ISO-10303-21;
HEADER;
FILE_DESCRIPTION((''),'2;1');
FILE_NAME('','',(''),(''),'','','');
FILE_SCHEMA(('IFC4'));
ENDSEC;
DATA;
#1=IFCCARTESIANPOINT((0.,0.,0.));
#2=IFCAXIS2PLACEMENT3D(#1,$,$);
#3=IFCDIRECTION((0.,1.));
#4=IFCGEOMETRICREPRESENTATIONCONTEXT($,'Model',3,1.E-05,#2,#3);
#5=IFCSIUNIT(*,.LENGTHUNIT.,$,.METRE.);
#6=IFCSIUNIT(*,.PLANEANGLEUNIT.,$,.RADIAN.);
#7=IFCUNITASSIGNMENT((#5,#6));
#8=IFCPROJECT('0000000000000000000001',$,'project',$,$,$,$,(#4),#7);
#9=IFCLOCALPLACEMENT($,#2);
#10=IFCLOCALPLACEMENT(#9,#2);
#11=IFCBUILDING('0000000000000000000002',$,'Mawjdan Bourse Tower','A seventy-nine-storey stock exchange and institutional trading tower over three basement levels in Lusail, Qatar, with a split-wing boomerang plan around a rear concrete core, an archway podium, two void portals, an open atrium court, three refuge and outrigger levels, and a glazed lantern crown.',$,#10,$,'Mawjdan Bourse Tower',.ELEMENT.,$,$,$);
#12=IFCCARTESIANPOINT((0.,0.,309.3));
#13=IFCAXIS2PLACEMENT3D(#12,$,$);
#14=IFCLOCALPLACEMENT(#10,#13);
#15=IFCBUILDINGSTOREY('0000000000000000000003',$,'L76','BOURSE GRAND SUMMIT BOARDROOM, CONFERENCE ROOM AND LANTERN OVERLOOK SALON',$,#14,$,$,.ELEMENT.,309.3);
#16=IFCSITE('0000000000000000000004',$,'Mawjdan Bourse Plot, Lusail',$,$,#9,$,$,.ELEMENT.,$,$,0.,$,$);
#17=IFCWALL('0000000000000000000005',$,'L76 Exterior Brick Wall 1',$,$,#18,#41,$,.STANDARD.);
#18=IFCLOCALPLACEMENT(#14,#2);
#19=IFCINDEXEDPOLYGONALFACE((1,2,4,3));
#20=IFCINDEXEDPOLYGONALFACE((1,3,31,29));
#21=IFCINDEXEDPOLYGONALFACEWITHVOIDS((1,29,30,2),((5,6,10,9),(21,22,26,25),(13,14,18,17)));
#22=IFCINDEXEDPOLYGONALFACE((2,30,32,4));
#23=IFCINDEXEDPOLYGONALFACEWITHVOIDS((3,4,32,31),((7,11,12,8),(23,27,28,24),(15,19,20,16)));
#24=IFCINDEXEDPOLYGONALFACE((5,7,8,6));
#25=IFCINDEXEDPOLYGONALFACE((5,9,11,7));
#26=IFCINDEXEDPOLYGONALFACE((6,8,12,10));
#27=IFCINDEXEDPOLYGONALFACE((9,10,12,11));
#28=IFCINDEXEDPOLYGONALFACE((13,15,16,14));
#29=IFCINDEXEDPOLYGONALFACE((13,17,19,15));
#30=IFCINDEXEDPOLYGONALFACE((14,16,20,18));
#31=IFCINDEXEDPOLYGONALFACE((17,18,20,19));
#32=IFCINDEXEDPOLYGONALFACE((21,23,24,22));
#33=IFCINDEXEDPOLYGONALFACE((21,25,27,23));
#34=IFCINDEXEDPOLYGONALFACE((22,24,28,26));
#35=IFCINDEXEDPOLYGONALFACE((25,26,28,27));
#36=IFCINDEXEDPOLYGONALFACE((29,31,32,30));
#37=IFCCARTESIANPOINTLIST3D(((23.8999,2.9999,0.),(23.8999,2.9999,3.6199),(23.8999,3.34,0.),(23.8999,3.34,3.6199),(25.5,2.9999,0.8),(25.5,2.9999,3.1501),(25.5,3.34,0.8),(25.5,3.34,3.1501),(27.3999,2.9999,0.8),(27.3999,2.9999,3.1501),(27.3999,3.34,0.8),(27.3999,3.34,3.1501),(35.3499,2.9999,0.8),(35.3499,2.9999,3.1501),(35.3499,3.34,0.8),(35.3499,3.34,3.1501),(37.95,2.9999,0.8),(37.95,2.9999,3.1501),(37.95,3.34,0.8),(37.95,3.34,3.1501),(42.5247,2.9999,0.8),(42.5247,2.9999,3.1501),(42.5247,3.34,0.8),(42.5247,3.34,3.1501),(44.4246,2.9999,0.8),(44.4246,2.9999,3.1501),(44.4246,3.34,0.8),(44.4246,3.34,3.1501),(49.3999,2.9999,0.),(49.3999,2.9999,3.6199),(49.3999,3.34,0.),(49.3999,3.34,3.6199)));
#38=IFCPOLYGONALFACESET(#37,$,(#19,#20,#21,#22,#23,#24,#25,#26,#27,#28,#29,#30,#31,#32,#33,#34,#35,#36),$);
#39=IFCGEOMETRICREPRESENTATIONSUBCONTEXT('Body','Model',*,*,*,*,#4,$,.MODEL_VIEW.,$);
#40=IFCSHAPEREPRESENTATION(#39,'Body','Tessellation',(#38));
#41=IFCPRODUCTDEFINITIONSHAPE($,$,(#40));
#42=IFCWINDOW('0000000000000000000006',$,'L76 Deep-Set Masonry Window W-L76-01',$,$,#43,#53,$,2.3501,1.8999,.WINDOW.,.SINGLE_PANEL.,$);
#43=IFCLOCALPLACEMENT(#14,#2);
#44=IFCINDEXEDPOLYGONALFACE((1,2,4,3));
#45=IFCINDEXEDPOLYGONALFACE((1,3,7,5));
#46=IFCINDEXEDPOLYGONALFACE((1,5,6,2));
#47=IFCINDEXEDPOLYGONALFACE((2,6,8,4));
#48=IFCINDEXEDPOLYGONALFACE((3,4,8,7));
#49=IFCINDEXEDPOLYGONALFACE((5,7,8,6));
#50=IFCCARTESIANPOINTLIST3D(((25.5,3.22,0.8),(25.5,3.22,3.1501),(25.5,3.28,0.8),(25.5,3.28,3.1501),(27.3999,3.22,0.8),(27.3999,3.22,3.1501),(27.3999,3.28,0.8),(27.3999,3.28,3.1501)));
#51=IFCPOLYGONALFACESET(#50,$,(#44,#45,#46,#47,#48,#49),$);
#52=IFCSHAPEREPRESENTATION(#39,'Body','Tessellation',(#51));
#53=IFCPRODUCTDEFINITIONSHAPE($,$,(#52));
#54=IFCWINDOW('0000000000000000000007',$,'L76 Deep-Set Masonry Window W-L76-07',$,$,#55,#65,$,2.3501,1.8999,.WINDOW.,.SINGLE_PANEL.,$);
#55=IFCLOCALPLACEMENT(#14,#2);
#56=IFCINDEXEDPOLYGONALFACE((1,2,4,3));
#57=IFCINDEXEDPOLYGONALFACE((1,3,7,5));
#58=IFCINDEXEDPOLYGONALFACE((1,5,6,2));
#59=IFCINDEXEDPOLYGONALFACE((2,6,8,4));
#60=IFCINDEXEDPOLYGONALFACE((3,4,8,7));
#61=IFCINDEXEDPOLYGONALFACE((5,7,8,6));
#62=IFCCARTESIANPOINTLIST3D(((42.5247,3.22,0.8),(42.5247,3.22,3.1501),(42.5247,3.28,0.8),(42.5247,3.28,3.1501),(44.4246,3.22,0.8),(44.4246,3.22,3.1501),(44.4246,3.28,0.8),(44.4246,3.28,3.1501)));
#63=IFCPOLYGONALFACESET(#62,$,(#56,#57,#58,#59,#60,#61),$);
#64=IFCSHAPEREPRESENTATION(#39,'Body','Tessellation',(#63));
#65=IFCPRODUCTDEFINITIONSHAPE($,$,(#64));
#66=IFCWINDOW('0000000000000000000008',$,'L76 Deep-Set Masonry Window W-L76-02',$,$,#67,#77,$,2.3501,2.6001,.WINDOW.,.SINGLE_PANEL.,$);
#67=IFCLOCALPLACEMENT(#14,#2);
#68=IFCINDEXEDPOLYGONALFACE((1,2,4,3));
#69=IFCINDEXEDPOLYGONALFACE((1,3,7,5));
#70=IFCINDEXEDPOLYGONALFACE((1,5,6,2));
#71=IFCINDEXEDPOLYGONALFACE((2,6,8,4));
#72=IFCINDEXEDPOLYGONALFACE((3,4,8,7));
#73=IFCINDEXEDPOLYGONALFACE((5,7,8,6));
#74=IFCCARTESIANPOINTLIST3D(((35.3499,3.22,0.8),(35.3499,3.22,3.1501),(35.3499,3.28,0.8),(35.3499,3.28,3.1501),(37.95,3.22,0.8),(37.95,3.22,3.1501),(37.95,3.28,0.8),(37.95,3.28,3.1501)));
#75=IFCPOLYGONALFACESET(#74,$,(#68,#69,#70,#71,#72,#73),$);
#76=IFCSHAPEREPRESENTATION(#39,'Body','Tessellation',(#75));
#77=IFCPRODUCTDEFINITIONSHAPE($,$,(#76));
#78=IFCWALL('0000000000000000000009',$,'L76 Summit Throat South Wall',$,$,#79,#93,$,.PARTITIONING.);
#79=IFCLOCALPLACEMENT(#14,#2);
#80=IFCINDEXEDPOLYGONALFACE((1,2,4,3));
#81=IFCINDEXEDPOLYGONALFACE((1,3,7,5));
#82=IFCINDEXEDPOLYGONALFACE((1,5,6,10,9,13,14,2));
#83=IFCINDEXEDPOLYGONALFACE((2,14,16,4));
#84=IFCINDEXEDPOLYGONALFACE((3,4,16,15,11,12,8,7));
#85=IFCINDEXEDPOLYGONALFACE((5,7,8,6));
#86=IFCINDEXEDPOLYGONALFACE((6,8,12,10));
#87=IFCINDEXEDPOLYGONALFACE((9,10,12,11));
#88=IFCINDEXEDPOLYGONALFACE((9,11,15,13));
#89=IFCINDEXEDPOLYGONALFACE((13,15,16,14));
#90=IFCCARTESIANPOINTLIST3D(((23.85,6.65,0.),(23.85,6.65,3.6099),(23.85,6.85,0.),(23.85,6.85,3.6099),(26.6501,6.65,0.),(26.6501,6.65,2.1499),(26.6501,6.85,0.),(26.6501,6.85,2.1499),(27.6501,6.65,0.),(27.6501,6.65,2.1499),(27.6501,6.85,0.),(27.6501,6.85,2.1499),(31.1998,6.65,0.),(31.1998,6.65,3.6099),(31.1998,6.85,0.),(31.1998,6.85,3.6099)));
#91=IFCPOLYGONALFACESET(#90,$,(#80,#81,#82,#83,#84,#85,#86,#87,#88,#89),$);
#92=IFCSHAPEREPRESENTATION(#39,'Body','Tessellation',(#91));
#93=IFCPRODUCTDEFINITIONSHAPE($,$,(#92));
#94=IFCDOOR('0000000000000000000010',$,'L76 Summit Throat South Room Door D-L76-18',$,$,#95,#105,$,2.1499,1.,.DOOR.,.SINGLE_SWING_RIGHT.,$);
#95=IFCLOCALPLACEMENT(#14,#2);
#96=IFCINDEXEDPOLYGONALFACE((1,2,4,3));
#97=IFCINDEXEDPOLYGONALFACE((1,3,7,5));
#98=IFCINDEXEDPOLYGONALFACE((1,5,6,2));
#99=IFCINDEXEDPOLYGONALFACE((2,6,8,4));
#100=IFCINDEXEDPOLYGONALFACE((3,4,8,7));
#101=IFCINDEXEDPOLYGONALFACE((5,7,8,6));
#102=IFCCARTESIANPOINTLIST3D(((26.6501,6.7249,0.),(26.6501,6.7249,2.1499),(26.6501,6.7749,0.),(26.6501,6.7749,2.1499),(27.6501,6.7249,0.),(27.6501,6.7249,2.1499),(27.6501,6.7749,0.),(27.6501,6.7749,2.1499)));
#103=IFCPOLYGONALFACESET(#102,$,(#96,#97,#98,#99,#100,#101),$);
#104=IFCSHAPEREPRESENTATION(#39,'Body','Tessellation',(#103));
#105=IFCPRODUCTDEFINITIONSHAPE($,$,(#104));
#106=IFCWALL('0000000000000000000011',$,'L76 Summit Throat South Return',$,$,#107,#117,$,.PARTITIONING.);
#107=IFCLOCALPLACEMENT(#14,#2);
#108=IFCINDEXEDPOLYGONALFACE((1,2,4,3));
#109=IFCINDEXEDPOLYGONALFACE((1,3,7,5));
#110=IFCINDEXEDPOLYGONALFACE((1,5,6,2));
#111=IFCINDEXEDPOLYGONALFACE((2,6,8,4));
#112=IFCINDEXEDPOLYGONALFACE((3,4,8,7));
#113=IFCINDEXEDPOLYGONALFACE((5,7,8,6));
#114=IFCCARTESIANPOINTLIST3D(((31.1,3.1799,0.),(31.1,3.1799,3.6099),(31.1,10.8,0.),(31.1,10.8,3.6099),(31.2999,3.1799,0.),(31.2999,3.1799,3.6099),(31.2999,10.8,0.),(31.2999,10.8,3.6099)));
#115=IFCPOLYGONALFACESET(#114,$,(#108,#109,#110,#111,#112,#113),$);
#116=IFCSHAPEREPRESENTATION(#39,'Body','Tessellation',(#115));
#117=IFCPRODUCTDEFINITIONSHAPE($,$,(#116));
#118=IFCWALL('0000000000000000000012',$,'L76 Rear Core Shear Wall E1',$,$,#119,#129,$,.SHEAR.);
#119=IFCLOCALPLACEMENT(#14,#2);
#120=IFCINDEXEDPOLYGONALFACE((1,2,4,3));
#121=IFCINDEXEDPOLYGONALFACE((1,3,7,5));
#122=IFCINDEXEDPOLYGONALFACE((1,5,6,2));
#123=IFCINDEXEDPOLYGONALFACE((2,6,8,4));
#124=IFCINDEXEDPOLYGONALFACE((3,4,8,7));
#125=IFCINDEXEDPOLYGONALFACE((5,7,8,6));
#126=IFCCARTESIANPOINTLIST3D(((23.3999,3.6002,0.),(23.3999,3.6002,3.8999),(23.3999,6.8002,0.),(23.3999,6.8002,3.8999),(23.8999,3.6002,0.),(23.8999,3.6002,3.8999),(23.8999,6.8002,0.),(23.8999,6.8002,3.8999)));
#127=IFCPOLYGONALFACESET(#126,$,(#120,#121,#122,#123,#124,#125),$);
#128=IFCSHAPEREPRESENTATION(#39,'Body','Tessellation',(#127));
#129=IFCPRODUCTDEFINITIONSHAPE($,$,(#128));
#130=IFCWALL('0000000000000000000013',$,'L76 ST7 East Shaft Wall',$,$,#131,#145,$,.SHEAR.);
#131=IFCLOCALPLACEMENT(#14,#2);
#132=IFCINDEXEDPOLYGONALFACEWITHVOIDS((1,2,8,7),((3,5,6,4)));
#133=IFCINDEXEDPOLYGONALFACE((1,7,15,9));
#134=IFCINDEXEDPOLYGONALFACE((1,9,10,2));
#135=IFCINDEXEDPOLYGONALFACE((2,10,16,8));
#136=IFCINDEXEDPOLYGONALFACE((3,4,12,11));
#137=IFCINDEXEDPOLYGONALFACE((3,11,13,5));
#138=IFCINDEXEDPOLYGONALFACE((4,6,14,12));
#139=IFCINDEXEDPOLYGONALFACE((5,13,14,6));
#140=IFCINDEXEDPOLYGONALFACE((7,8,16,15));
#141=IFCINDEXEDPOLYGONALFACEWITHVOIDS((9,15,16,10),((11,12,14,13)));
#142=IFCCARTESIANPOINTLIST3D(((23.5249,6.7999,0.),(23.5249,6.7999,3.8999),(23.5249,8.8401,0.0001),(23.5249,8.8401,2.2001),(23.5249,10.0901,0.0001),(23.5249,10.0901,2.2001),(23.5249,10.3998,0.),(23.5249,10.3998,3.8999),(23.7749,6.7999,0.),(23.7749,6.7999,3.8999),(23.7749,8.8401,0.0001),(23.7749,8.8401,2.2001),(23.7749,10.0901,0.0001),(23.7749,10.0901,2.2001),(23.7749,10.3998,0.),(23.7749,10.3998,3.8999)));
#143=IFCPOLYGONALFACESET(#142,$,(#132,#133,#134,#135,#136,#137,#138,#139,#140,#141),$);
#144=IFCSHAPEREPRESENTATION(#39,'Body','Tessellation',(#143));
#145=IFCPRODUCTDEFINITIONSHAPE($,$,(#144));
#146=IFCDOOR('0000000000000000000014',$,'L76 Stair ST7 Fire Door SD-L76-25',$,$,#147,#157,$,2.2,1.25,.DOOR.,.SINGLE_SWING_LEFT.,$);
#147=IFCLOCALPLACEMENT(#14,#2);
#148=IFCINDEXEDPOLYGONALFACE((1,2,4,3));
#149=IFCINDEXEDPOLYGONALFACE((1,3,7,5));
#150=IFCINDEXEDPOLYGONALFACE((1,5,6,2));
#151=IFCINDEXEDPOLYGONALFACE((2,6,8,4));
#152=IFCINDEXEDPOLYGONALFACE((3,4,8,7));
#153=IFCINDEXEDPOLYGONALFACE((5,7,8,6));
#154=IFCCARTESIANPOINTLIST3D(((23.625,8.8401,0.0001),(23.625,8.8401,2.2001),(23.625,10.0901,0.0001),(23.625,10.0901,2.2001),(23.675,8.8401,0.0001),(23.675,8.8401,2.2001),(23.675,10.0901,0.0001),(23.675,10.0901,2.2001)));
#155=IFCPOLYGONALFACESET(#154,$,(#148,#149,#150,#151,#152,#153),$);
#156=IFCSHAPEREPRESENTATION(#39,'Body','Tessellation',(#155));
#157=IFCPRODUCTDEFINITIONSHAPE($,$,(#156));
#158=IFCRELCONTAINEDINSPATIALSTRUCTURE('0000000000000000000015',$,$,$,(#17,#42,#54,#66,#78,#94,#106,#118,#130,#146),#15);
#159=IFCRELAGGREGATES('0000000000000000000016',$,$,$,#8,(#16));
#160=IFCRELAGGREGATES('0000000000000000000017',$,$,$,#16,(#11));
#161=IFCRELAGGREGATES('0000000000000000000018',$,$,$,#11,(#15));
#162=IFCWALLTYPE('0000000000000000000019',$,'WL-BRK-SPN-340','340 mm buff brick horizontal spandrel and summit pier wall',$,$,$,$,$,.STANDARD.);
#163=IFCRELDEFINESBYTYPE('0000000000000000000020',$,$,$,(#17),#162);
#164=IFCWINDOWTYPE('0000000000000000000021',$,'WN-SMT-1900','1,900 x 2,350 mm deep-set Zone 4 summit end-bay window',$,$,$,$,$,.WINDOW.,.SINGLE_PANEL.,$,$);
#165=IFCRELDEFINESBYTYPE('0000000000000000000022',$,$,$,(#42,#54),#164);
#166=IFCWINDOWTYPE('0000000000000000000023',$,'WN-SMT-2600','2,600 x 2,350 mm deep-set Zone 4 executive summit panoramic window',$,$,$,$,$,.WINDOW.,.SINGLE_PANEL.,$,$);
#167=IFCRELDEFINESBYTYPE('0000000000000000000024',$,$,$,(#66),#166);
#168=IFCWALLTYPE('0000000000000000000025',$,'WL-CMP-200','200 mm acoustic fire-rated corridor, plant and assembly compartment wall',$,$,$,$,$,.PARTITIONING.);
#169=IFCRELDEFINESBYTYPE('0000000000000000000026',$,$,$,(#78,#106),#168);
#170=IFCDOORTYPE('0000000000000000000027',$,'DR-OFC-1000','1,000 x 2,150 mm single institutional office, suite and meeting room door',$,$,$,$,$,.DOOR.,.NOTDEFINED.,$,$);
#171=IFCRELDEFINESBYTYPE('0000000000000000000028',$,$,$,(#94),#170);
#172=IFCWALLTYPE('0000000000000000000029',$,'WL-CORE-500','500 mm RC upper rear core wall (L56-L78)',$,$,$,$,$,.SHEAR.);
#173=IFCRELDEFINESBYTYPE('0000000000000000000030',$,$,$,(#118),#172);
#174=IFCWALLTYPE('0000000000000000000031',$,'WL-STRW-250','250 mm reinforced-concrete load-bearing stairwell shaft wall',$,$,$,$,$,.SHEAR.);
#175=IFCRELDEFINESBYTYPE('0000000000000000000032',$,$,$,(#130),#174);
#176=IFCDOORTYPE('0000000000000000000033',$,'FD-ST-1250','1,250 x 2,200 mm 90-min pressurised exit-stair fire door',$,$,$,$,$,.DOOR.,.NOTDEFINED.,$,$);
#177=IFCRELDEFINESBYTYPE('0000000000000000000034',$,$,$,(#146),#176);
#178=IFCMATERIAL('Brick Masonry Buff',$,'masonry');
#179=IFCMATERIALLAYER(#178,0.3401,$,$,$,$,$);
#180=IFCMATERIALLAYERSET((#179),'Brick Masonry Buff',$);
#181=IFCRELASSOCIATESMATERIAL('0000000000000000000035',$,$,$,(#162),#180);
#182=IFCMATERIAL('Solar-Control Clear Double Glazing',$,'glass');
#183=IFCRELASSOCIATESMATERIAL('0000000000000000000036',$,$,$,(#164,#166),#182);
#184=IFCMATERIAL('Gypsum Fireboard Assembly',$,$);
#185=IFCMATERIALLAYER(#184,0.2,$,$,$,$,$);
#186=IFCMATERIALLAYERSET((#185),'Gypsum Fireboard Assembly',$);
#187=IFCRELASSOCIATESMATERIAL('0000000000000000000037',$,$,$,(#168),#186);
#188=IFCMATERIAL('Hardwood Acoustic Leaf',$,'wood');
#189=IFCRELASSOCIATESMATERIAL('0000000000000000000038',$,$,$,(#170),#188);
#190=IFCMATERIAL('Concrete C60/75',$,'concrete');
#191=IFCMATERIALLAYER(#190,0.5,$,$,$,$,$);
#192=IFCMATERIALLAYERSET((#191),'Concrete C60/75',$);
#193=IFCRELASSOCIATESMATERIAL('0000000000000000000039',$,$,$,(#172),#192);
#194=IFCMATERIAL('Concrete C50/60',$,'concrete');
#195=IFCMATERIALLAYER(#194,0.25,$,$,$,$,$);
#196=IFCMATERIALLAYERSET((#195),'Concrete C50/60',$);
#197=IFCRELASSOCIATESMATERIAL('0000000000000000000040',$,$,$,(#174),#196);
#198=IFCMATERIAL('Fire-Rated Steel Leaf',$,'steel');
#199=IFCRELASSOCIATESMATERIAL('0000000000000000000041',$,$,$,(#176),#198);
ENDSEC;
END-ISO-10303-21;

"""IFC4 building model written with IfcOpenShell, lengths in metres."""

from ifc_helpers import new_model, si_unit, direction, frame, frame_2d, origin, place, context, subcontext, project, spatial, rectangle, extrude, material, layer, layer_set, type_object, element, fill, save


model = new_model("IFC4")

# Units and contexts
model_context = context("Model", 3, precision=1e-05, world=origin(), true_north=direction((0.0, 1.0)))
body_context = subcontext(model_context, "Body", "Model", "MODEL_VIEW")
ifc_project = project(units=[si_unit("LENGTHUNIT", "METRE"), si_unit("PLANEANGLEUNIT", "RADIAN")], contexts=[model_context])

# Site, building, storey
site_placement = place(None, origin())
site = spatial("IfcSite", under=ifc_project, at=site_placement, Name="Mawjdan Bourse Plot, Lusail", CompositionType="ELEMENT", RefElevation=0.0)
building_placement = place(site_placement, origin())
building = spatial("IfcBuilding", under=site, at=building_placement, Name="Mawjdan Bourse Tower", Description="A seventy-nine-storey stock exchange and institutional trading tower over three basement levels in Lusail, Qatar, with a split-wing boomerang plan around a rear concrete core, an archway podium, two void portals, an open atrium court, three refuge and outrigger levels, and a glazed lantern crown.", LongName="Mawjdan Bourse Tower", CompositionType="ELEMENT")
storey_placement = place(building_placement, frame((0.0, 0.0, 309.3)))
storey = spatial("IfcBuildingStorey", under=building, at=storey_placement, Name="L76", Description="BOURSE GRAND SUMMIT BOARDROOM, CONFERENCE ROOM AND LANTERN OVERLOOK SALON", CompositionType="ELEMENT", Elevation=309.3)

# Shared definitions
ifc_material_1 = material(Name="Concrete C60/75", Category="concrete")

# Wall, openings, windows
ifc_material_2 = material(Name="Brick Masonry Buff", Category="masonry")
ifc_layer_1 = layer(ifc_material_2, 0.3401)
ifc_layer_set_1 = layer_set([ifc_layer_1], Name="Brick Masonry Buff")
wall_type_1 = type_object("IfcWallType", Name="WL-BRK-SPN-340", Description="340 mm buff brick horizontal spandrel and summit pier wall", PredefinedType="STANDARD", material=ifc_layer_set_1)
wall_1_placement = place(storey_placement, frame((23.8999, 3.1699, 0.0), z_axis=(0.0, 0.0, 1.0), x_axis=(1.0, 0.0, 0.0)))
wall_1 = element("IfcWall", 1, at=wall_1_placement, inside=storey, type_object=wall_type_1, Name="L76 Exterior Brick Wall 1", PredefinedType="STANDARD", context=body_context, shape_type="SweptSolid", body=[
    extrude(rectangle(XDim=25.5, YDim=0.3401, at=frame_2d((12.75, 0.0))), origin(), (0.0, 0.0, 1.0), 3.6199),
])
opening_1_placement = place(wall_1_placement, frame((1.6001, 0.0, 0.8)))
opening_1 = element("IfcOpeningElement", 2, at=opening_1_placement, cuts=wall_1, PredefinedType="OPENING", context=body_context, shape_type="SweptSolid", body=[
    extrude(rectangle(XDim=1.8999, YDim=2.3501, at=frame_2d((0.95, 1.175))), frame((0.0, 0.1802, 0.0), z_axis=(0.0, -1.0, 0.0), x_axis=(1.0, 0.0, 0.0)), (0.0, 0.0, 1.0), 0.3601),
])
opening_2_placement = place(wall_1_placement, frame((11.45, 0.0, 0.8)))
opening_2 = element("IfcOpeningElement", 3, at=opening_2_placement, cuts=wall_1, PredefinedType="OPENING", context=body_context, shape_type="SweptSolid", body=[
    extrude(rectangle(XDim=2.6001, YDim=2.3501, at=frame_2d((1.3, 1.175))), frame((0.0, 0.1802, 0.0), z_axis=(0.0, -1.0, 0.0), x_axis=(1.0, 0.0, 0.0)), (0.0, 0.0, 1.0), 0.3601),
])
opening_3_placement = place(wall_1_placement, frame((18.6248, 0.0, 0.8)))
opening_3 = element("IfcOpeningElement", 4, at=opening_3_placement, cuts=wall_1, PredefinedType="OPENING", context=body_context, shape_type="SweptSolid", body=[
    extrude(rectangle(XDim=1.8999, YDim=2.3501, at=frame_2d((0.95, 1.175))), frame((0.0, 0.1802, 0.0), z_axis=(0.0, -1.0, 0.0), x_axis=(1.0, 0.0, 0.0)), (0.0, 0.0, 1.0), 0.3601),
])
ifc_material_3 = material(Name="Solar-Control Clear Double Glazing", Category="glass")
window_type_1 = type_object("IfcWindowType", Name="WN-SMT-1900", Description="1,900 x 2,350 mm deep-set Zone 4 summit end-bay window", PartitioningType="SINGLE_PANEL", PredefinedType="WINDOW", material=ifc_material_3)
window_1_placement = place(opening_1_placement, origin())
window_1 = element("IfcWindow", 5, at=window_1_placement, inside=storey, type_object=window_type_1, Name="L76 Deep-Set Masonry Window W-L76-01", OverallHeight=2.3501, OverallWidth=1.8999, PartitioningType="SINGLE_PANEL", PredefinedType="WINDOW", context=body_context, shape_type="SweptSolid", body=[
    extrude(rectangle(XDim=1.8999, YDim=2.3501, at=frame_2d((0.95, 1.175))), frame((0.0, 0.1101, 0.0), z_axis=(0.0, -1.0, 0.0), x_axis=(1.0, 0.0, 0.0)), (0.0, 0.0, 1.0), 0.0601),
])
fill(opening_1, window_1)
window_2_placement = place(opening_3_placement, origin())
window_2 = element("IfcWindow", 6, at=window_2_placement, inside=storey, type_object=window_type_1, Name="L76 Deep-Set Masonry Window W-L76-07", OverallHeight=2.3501, OverallWidth=1.8999, PartitioningType="SINGLE_PANEL", PredefinedType="WINDOW", context=body_context, shape_type="SweptSolid", body=[
    extrude(rectangle(XDim=1.8999, YDim=2.3501, at=frame_2d((0.95, 1.175))), frame((0.0, 0.1101, 0.0), z_axis=(0.0, -1.0, 0.0), x_axis=(1.0, 0.0, 0.0)), (0.0, 0.0, 1.0), 0.0601),
])
fill(opening_3, window_2)
window_type_2 = type_object("IfcWindowType", Name="WN-SMT-2600", Description="2,600 x 2,350 mm deep-set Zone 4 executive summit panoramic window", PartitioningType="SINGLE_PANEL", PredefinedType="WINDOW", material=ifc_material_3)
window_3_placement = place(opening_2_placement, origin())
window_3 = element("IfcWindow", 7, at=window_3_placement, inside=storey, type_object=window_type_2, Name="L76 Deep-Set Masonry Window W-L76-02", OverallHeight=2.3501, OverallWidth=2.6001, PartitioningType="SINGLE_PANEL", PredefinedType="WINDOW", context=body_context, shape_type="SweptSolid", body=[
    extrude(rectangle(XDim=2.6001, YDim=2.3501, at=frame_2d((1.3, 1.175))), frame((0.0, 0.1101, 0.0), z_axis=(0.0, -1.0, 0.0), x_axis=(1.0, 0.0, 0.0)), (0.0, 0.0, 1.0), 0.0601),
])
fill(opening_2, window_3)

# Wall, opening, door
ifc_material_4 = material(Name="Gypsum Fireboard Assembly")
ifc_layer_2 = layer(ifc_material_4, 0.2)
ifc_layer_set_2 = layer_set([ifc_layer_2], Name="Gypsum Fireboard Assembly")
wall_type_2 = type_object("IfcWallType", Name="WL-CMP-200", Description="200 mm acoustic fire-rated corridor, plant and assembly compartment wall", PredefinedType="PARTITIONING", material=ifc_layer_set_2)
wall_2_placement = place(storey_placement, frame((23.8501, 6.75, 0.0), z_axis=(0.0, 0.0, 1.0), x_axis=(1.0, 0.0, 0.0)))
wall_2 = element("IfcWall", 8, at=wall_2_placement, inside=storey, type_object=wall_type_2, Name="L76 Summit Throat South Wall", PredefinedType="PARTITIONING", context=body_context, shape_type="SweptSolid", body=[
    extrude(rectangle(XDim=7.3499, YDim=0.2, at=frame_2d((3.6748, 0.0))), origin(), (0.0, 0.0, 1.0), 3.6099),
])
opening_4_placement = place(wall_2_placement, frame((2.8, 0.0, 0.0)))
opening_4 = element("IfcOpeningElement", 9, at=opening_4_placement, cuts=wall_2, PredefinedType="OPENING", context=body_context, shape_type="SweptSolid", body=[
    extrude(rectangle(XDim=1.0, YDim=2.1499, at=frame_2d((0.5, 1.075))), frame((0.0, 0.1099, 0.0), z_axis=(0.0, -1.0, 0.0), x_axis=(1.0, 0.0, 0.0)), (0.0, 0.0, 1.0), 0.22),
])
ifc_material_5 = material(Name="Hardwood Acoustic Leaf", Category="wood")
door_type_1 = type_object("IfcDoorType", Name="DR-OFC-1000", Description="1,000 x 2,150 mm single institutional office, suite and meeting room door", OperationType="NOTDEFINED", PredefinedType="DOOR", material=ifc_material_5)
door_1_placement = place(opening_4_placement, origin())
door_1 = element("IfcDoor", 10, at=door_1_placement, inside=storey, type_object=door_type_1, Name="L76 Summit Throat South Room Door D-L76-18", OperationType="SINGLE_SWING_RIGHT", OverallHeight=2.1499, OverallWidth=1.0, PredefinedType="DOOR", context=body_context, shape_type="SweptSolid", body=[
    extrude(rectangle(XDim=1.0, YDim=2.1499, at=frame_2d((0.5, 1.075))), frame((0.0, 0.0249, 0.0), z_axis=(0.0, -1.0, 0.0), x_axis=(1.0, 0.0, 0.0)), (0.0, 0.0, 1.0), 0.05),
])
fill(opening_4, door_1)

# Walls
wall_3_placement = place(storey_placement, frame((31.2, 3.1799, 0.0), z_axis=(0.0, 0.0, 1.0), x_axis=(0.0, 1.0, 0.0)))
element("IfcWall", 11, at=wall_3_placement, inside=storey, type_object=wall_type_2, Name="L76 Summit Throat South Return", PredefinedType="PARTITIONING", context=body_context, shape_type="SweptSolid", body=[
    extrude(rectangle(XDim=7.6201, YDim=0.2, at=frame_2d((3.8101, 0.0))), origin(), (0.0, 0.0, 1.0), 3.6099),
])
ifc_layer_3 = layer(ifc_material_1, 0.5)
ifc_layer_set_3 = layer_set([ifc_layer_3], Name="Concrete C60/75")
wall_type_3 = type_object("IfcWallType", Name="WL-CORE-500", Description="500 mm RC upper rear core wall (L56-L78)", PredefinedType="SHEAR", material=ifc_layer_set_3)
wall_4_placement = place(storey_placement, frame((23.6499, 3.6001, 0.0), z_axis=(0.0, 0.0, 1.0), x_axis=(0.0, 1.0, 0.0)))
element("IfcWall", 12, at=wall_4_placement, inside=storey, type_object=wall_type_3, Name="L76 Rear Core Shear Wall E1", PredefinedType="SHEAR", context=body_context, shape_type="SweptSolid", body=[
    extrude(rectangle(XDim=3.2, YDim=0.5, at=frame_2d((1.6001, 0.0))), origin(), (0.0, 0.0, 1.0), 3.8999),
])

# Wall, opening, door
ifc_material_6 = material(Name="Concrete C50/60", Category="concrete")
ifc_layer_4 = layer(ifc_material_6, 0.25)
ifc_layer_set_4 = layer_set([ifc_layer_4], Name="Concrete C50/60")
wall_type_4 = type_object("IfcWallType", Name="WL-STRW-250", Description="250 mm reinforced-concrete load-bearing stairwell shaft wall", PredefinedType="SHEAR", material=ifc_layer_set_4)
wall_5_placement = place(storey_placement, frame((23.6499, 6.8, 0.0), z_axis=(0.0, 0.0, 1.0), x_axis=(0.0, 1.0, 0.0)))
wall_5 = element("IfcWall", 13, at=wall_5_placement, inside=storey, type_object=wall_type_4, Name="L76 ST7 East Shaft Wall", PredefinedType="SHEAR", context=body_context, shape_type="SweptSolid", body=[
    extrude(rectangle(XDim=3.5999, YDim=0.25, at=frame_2d((1.7998, 0.0))), origin(), (0.0, 0.0, 1.0), 3.8999),
])
opening_5_placement = place(wall_5_placement, frame((2.04, 0.0, 0.0)))
opening_5 = element("IfcOpeningElement", 14, at=opening_5_placement, cuts=wall_5, PredefinedType="OPENING", context=body_context, shape_type="SweptSolid", body=[
    extrude(rectangle(XDim=1.25, YDim=2.2, at=frame_2d((0.625, 1.1001))), frame((0.0, 0.135, 0.0), z_axis=(0.0, -1.0, 0.0), x_axis=(1.0, 0.0, 0.0)), (0.0, 0.0, 1.0), 0.27),
])
ifc_material_7 = material(Name="Fire-Rated Steel Leaf", Category="steel")
door_type_2 = type_object("IfcDoorType", Name="FD-ST-1250", Description="1,250 x 2,200 mm 90-min pressurised exit-stair fire door", OperationType="NOTDEFINED", PredefinedType="DOOR", material=ifc_material_7)
door_2_placement = place(opening_5_placement, origin())
door_2 = element("IfcDoor", 15, at=door_2_placement, inside=storey, type_object=door_type_2, Name="L76 Stair ST7 Fire Door SD-L76-25", OperationType="SINGLE_SWING_LEFT", OverallHeight=2.2, OverallWidth=1.25, PredefinedType="DOOR", context=body_context, shape_type="SweptSolid", body=[
    extrude(rectangle(XDim=1.25, YDim=2.2, at=frame_2d((0.625, 1.1001))), frame((0.0, 0.0249, 0.0), z_axis=(0.0, -1.0, 0.0), x_axis=(1.0, 0.0, 0.0)), (0.0, 0.0, 1.0), 0.05),
])
fill(opening_5, door_2)

save(model, "model.ifc")
